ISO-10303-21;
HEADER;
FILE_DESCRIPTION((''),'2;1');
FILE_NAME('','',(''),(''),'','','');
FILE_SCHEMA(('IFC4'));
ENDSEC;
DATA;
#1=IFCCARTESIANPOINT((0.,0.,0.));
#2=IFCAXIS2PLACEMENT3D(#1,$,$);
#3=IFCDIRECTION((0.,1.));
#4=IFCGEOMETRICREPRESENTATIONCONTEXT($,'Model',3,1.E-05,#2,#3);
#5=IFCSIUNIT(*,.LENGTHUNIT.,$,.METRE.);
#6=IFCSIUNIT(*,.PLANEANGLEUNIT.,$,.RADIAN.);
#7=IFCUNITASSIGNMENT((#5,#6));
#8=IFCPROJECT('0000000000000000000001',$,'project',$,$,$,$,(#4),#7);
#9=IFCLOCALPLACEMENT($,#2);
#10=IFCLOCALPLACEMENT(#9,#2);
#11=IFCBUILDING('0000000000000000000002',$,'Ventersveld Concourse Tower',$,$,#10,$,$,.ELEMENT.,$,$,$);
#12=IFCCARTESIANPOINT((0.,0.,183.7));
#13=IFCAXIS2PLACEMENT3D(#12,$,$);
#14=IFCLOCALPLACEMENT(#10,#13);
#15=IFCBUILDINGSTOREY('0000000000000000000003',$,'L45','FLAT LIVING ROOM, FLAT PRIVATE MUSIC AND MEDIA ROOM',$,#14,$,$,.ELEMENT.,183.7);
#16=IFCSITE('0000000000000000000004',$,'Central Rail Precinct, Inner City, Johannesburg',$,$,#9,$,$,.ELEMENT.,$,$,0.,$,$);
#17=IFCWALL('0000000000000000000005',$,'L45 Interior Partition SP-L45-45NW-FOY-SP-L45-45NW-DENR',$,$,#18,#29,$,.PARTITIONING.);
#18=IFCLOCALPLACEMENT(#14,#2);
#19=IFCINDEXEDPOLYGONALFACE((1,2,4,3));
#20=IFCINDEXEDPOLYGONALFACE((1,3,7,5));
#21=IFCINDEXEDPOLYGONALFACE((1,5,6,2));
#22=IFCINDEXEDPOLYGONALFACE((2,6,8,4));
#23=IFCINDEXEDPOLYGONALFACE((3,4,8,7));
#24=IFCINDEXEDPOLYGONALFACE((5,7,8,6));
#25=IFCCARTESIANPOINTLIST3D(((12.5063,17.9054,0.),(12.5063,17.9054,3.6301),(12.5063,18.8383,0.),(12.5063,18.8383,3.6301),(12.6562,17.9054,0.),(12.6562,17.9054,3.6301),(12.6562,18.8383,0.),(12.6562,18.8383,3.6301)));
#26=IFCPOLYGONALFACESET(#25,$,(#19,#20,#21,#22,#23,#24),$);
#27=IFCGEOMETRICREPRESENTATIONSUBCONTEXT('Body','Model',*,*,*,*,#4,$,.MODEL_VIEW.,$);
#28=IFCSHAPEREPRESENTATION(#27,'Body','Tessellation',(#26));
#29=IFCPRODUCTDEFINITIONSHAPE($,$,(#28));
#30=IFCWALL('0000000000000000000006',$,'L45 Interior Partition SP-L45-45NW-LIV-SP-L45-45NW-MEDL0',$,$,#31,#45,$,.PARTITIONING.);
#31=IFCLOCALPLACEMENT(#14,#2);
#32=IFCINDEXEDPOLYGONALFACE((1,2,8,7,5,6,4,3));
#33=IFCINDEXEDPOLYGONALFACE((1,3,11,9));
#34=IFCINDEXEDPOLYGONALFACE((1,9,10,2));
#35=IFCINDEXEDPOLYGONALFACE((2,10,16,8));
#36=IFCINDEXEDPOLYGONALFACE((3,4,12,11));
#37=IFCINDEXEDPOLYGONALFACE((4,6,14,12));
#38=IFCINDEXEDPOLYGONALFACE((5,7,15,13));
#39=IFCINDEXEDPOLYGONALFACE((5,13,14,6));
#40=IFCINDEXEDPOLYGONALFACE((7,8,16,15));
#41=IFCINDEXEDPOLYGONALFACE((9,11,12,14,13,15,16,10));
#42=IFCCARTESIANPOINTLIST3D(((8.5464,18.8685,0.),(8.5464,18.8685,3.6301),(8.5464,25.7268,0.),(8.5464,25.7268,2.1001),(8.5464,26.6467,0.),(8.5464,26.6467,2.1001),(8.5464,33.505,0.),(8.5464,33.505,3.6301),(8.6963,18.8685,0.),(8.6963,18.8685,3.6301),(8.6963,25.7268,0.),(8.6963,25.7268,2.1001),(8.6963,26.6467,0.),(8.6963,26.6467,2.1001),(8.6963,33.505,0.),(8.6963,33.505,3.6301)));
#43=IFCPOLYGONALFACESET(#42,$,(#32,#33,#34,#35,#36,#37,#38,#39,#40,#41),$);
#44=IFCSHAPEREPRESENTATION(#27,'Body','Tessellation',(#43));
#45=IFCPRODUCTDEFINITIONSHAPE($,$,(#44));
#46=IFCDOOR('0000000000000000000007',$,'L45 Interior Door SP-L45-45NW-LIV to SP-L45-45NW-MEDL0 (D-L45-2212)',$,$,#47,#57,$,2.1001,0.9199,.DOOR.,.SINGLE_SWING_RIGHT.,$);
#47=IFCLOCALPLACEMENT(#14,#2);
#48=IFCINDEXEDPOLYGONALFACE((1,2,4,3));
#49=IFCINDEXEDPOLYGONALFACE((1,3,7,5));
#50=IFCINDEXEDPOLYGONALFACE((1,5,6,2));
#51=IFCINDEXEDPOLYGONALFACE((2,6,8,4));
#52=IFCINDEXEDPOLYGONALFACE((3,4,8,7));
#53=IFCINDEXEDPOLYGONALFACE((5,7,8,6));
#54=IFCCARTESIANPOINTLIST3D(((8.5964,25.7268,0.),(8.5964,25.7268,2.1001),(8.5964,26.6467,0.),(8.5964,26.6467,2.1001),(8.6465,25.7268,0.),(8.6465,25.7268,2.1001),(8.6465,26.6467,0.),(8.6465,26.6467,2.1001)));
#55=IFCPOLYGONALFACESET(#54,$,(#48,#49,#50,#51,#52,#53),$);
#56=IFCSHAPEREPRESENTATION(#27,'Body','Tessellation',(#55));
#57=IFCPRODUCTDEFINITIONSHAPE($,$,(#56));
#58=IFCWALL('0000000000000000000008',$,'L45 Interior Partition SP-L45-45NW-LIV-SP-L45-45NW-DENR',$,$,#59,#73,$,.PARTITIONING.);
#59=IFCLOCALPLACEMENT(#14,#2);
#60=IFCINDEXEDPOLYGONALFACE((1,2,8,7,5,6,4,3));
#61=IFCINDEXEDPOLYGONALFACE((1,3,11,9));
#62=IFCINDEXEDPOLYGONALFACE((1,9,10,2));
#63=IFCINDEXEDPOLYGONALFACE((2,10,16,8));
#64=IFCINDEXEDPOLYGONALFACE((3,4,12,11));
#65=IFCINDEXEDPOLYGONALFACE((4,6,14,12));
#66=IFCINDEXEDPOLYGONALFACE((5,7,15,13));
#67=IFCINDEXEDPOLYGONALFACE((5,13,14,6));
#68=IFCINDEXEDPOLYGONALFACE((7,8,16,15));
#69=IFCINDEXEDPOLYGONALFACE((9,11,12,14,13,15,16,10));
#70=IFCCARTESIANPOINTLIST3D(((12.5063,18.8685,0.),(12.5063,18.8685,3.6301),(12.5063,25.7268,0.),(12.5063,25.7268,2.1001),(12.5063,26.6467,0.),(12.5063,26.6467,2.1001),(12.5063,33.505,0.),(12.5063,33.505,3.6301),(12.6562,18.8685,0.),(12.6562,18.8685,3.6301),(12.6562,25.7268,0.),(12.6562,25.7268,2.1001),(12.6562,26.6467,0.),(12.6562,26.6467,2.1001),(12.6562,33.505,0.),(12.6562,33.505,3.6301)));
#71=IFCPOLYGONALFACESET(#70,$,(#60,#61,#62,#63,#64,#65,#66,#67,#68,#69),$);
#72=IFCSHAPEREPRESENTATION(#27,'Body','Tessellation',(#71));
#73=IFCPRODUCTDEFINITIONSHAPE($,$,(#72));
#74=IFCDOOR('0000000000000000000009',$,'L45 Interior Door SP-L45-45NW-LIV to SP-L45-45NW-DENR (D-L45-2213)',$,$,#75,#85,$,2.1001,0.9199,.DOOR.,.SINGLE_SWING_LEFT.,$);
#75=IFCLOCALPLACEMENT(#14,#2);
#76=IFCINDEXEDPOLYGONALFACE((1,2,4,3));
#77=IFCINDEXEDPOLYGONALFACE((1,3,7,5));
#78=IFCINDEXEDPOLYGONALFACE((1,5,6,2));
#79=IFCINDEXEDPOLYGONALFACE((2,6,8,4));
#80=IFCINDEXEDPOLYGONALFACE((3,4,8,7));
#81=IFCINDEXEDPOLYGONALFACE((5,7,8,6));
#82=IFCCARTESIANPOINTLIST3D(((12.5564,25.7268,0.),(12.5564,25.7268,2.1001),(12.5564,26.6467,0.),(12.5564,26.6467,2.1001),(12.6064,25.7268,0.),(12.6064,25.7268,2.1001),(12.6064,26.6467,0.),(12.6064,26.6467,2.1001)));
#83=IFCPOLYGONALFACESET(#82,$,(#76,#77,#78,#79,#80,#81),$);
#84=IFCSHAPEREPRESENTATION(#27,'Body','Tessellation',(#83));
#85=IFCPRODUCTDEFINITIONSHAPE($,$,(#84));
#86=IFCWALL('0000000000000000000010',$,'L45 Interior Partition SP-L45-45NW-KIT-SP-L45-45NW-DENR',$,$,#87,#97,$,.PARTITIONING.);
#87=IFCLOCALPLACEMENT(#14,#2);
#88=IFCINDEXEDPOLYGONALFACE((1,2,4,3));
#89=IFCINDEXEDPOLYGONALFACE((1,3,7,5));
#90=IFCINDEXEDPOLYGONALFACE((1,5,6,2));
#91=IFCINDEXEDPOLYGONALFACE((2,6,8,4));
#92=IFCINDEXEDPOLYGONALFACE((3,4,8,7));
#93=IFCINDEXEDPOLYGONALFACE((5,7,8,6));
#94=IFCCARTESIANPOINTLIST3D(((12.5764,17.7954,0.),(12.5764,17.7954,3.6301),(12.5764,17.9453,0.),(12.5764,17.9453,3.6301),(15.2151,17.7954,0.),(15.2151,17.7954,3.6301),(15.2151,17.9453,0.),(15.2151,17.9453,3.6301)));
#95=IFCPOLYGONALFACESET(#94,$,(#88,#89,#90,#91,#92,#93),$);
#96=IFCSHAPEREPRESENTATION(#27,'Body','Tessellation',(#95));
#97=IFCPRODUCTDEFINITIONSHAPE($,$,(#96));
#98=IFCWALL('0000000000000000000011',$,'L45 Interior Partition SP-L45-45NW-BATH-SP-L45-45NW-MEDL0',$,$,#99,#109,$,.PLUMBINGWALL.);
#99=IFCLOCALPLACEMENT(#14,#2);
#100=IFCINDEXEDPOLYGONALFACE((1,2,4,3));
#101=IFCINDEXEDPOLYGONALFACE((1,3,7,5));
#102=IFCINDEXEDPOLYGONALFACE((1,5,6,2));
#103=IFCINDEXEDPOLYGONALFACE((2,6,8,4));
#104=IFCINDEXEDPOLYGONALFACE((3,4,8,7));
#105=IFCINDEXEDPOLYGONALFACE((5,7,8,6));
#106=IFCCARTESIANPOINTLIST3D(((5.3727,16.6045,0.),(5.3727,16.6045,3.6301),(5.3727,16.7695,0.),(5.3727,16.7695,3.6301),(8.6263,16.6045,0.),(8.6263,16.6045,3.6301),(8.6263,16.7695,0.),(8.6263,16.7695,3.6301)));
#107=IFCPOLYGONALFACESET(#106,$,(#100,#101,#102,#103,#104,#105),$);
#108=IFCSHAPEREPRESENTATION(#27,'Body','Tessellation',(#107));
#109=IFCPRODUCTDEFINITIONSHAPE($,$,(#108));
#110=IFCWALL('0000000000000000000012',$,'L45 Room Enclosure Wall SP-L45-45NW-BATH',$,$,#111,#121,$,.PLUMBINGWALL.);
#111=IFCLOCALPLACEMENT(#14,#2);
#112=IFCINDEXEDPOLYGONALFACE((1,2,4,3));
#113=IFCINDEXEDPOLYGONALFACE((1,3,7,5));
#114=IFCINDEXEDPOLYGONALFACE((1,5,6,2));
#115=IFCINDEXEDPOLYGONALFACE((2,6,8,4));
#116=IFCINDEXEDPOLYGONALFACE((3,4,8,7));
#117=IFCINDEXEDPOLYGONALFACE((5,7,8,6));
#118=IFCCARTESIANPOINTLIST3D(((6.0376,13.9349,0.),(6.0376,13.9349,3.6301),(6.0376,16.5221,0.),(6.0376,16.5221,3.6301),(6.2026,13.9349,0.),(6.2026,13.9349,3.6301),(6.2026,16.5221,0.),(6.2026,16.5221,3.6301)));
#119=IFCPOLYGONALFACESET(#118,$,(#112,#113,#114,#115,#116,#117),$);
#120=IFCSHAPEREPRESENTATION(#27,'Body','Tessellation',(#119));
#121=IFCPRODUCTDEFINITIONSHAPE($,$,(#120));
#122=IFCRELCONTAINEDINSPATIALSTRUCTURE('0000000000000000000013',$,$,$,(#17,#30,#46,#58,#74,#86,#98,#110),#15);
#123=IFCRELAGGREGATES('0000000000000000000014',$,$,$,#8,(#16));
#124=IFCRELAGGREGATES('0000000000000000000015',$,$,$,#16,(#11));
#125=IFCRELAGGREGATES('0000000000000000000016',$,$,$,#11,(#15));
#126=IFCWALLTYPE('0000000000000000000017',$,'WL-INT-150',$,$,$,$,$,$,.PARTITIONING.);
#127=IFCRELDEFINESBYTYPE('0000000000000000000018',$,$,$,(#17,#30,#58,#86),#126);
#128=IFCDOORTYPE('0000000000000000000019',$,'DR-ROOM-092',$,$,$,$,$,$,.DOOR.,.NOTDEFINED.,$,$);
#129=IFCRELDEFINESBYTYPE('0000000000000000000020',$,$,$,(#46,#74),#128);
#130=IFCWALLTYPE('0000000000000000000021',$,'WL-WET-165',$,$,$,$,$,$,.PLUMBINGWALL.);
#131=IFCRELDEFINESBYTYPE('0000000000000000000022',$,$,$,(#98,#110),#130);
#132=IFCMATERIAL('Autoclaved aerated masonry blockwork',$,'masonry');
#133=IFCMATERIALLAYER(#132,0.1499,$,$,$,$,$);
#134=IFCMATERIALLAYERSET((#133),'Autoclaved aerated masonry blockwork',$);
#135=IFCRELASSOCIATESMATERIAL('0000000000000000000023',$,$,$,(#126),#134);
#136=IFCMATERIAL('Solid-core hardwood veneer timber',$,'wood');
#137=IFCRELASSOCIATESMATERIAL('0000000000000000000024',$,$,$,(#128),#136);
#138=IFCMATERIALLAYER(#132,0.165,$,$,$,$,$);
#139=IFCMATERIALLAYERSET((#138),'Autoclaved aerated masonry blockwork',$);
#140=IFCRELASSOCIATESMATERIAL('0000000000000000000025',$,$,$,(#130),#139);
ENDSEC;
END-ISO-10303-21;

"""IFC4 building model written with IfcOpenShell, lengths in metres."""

from ifc_helpers import new_model, si_unit, direction, frame, frame_2d, origin, place, context, subcontext, project, spatial, rectangle, extrude, material, layer, layer_set, type_object, element, fill, save


model = new_model("IFC4")

# Units and contexts
model_context = context("Model", 3, precision=1e-05, world=origin(), true_north=direction((0.0, 1.0)))
body_context = subcontext(model_context, "Body", "Model", "MODEL_VIEW")
ifc_project = project(units=[si_unit("LENGTHUNIT", "METRE"), si_unit("PLANEANGLEUNIT", "RADIAN")], contexts=[model_context])

# Site, building, storey
site_placement = place(None, origin())
site = spatial("IfcSite", under=ifc_project, at=site_placement, Name="Central Rail Precinct, Inner City, Johannesburg", CompositionType="ELEMENT", RefElevation=0.0)
building_placement = place(site_placement, origin())
building = spatial("IfcBuilding", under=site, at=building_placement, Name="Ventersveld Concourse Tower", CompositionType="ELEMENT")
storey_placement = place(building_placement, frame((0.0, 0.0, 183.7)))
storey = spatial("IfcBuildingStorey", under=building, at=storey_placement, Name="L45", Description="FLAT LIVING ROOM, FLAT PRIVATE MUSIC AND MEDIA ROOM", CompositionType="ELEMENT", Elevation=183.7)

# Shared definitions
ifc_material_1 = material(Name="Solid-core hardwood veneer timber", Category="wood")

# Shared definitions
ifc_material_2 = material(Name="Autoclaved aerated masonry blockwork", Category="masonry")
ifc_layer_1 = layer(ifc_material_2, 0.1499)
ifc_layer_set_1 = layer_set([ifc_layer_1], Name="Autoclaved aerated masonry blockwork")
wall_type_1 = type_object("IfcWallType", Name="WL-INT-150", PredefinedType="PARTITIONING", material=ifc_layer_set_1)
door_type_1 = type_object("IfcDoorType", Name="DR-ROOM-092", OperationType="NOTDEFINED", PredefinedType="DOOR", material=ifc_material_1)

# Wall
wall_1_placement = place(storey_placement, frame((12.5813, 17.9055, 0.0), z_axis=(0.0, 0.0, 1.0), x_axis=(0.0, 1.0, 0.0)))
element("IfcWall", 1, at=wall_1_placement, inside=storey, type_object=wall_type_1, Name="L45 Interior Partition SP-L45-45NW-FOY-SP-L45-45NW-DENR", PredefinedType="PARTITIONING", context=body_context, shape_type="SweptSolid", body=[
    extrude(rectangle(XDim=0.9329, YDim=0.1499, at=frame_2d((0.4663, 0.0))), origin(), (0.0, 0.0, 1.0), 3.6301),
])

# Walls, openings, doors
wall_2_placement = place(storey_placement, frame((8.6213, 18.8684, 0.0), z_axis=(0.0, 0.0, 1.0), x_axis=(0.0, 1.0, 0.0)))
wall_2 = element("IfcWall", 2, at=wall_2_placement, inside=storey, type_object=wall_type_1, Name="L45 Interior Partition SP-L45-45NW-LIV-SP-L45-45NW-MEDL0", PredefinedType="PARTITIONING", context=body_context, shape_type="SweptSolid", body=[
    extrude(rectangle(XDim=14.6365, YDim=0.1499, at=frame_2d((7.3184, 0.0))), origin(), (0.0, 0.0, 1.0), 3.6301),
])
opening_1_placement = place(wall_2_placement, frame((6.8584, 0.0, 0.0)))
opening_1 = element("IfcOpeningElement", 3, at=opening_1_placement, cuts=wall_2, PredefinedType="OPENING", context=body_context, shape_type="SweptSolid", body=[
    extrude(rectangle(XDim=0.9199, YDim=2.1001, at=frame_2d((0.46, 1.05))), frame((0.0, 0.085, 0.0), z_axis=(0.0, -1.0, 0.0), x_axis=(1.0, 0.0, 0.0)), (0.0, 0.0, 1.0), 0.1699),
])
door_1_placement = place(opening_1_placement, origin())
door_1 = element("IfcDoor", 4, at=door_1_placement, inside=storey, type_object=door_type_1, Name="L45 Interior Door SP-L45-45NW-LIV to SP-L45-45NW-MEDL0 (D-L45-2212)", OperationType="SINGLE_SWING_RIGHT", OverallHeight=2.1001, OverallWidth=0.9199, PredefinedType="DOOR", context=body_context, shape_type="SweptSolid", body=[
    extrude(rectangle(XDim=0.9199, YDim=2.1001, at=frame_2d((0.46, 1.05))), frame((0.0, 0.0249, 0.0), z_axis=(0.0, -1.0, 0.0), x_axis=(1.0, 0.0, 0.0)), (0.0, 0.0, 1.0), 0.05),
])
fill(opening_1, door_1)
wall_3_placement = place(storey_placement, frame((12.5813, 18.8684, 0.0), z_axis=(0.0, 0.0, 1.0), x_axis=(0.0, 1.0, 0.0)))
wall_3 = element("IfcWall", 5, at=wall_3_placement, inside=storey, type_object=wall_type_1, Name="L45 Interior Partition SP-L45-45NW-LIV-SP-L45-45NW-DENR", PredefinedType="PARTITIONING", context=body_context, shape_type="SweptSolid", body=[
    extrude(rectangle(XDim=14.6365, YDim=0.1499, at=frame_2d((7.3184, 0.0))), origin(), (0.0, 0.0, 1.0), 3.6301),
])
opening_2_placement = place(wall_3_placement, frame((6.8584, 0.0, 0.0)))
opening_2 = element("IfcOpeningElement", 6, at=opening_2_placement, cuts=wall_3, PredefinedType="OPENING", context=body_context, shape_type="SweptSolid", body=[
    extrude(rectangle(XDim=0.9199, YDim=2.1001, at=frame_2d((0.46, 1.05))), frame((0.0, 0.085, 0.0), z_axis=(0.0, -1.0, 0.0), x_axis=(1.0, 0.0, 0.0)), (0.0, 0.0, 1.0), 0.1699),
])
door_2_placement = place(opening_2_placement, origin())
door_2 = element("IfcDoor", 7, at=door_2_placement, inside=storey, type_object=door_type_1, Name="L45 Interior Door SP-L45-45NW-LIV to SP-L45-45NW-DENR (D-L45-2213)", OperationType="SINGLE_SWING_LEFT", OverallHeight=2.1001, OverallWidth=0.9199, PredefinedType="DOOR", context=body_context, shape_type="SweptSolid", body=[
    extrude(rectangle(XDim=0.9199, YDim=2.1001, at=frame_2d((0.46, 1.05))), frame((0.0, 0.0249, 0.0), z_axis=(0.0, -1.0, 0.0), x_axis=(1.0, 0.0, 0.0)), (0.0, 0.0, 1.0), 0.05),
])
fill(opening_2, door_2)

# Walls
wall_4_placement = place(storey_placement, frame((12.5764, 17.8704, 0.0), z_axis=(0.0, 0.0, 1.0), x_axis=(1.0, 0.0, 0.0)))
element("IfcWall", 8, at=wall_4_placement, inside=storey, type_object=wall_type_1, Name="L45 Interior Partition SP-L45-45NW-KIT-SP-L45-45NW-DENR", PredefinedType="PARTITIONING", context=body_context, shape_type="SweptSolid", body=[
    extrude(rectangle(XDim=2.6387, YDim=0.1499, at=frame_2d((1.3193, 0.0))), origin(), (0.0, 0.0, 1.0), 3.6301),
])
ifc_layer_2 = layer(ifc_material_2, 0.165)
ifc_layer_set_2 = layer_set([ifc_layer_2], Name="Autoclaved aerated masonry blockwork")
wall_type_2 = type_object("IfcWallType", Name="WL-WET-165", PredefinedType="PLUMBINGWALL", material=ifc_layer_set_2)
wall_5_placement = place(storey_placement, frame((5.3726, 16.687, 0.0), z_axis=(0.0, 0.0, 1.0), x_axis=(1.0, 0.0, 0.0)))
element("IfcWall", 9, at=wall_5_placement, inside=storey, type_object=wall_type_2, Name="L45 Interior Partition SP-L45-45NW-BATH-SP-L45-45NW-MEDL0", PredefinedType="PLUMBINGWALL", context=body_context, shape_type="SweptSolid", body=[
    extrude(rectangle(XDim=3.2537, YDim=0.165, at=frame_2d((1.627, 0.0))), origin(), (0.0, 0.0, 1.0), 3.6301),
])
wall_6_placement = place(storey_placement, frame((6.1201, 13.9351, 0.0), z_axis=(0.0, 0.0, 1.0), x_axis=(0.0, 1.0, 0.0)))
element("IfcWall", 10, at=wall_6_placement, inside=storey, type_object=wall_type_2, Name="L45 Room Enclosure Wall SP-L45-45NW-BATH", PredefinedType="PLUMBINGWALL", context=body_context, shape_type="SweptSolid", body=[
    extrude(rectangle(XDim=2.5872, YDim=0.165, at=frame_2d((1.2935, 0.0))), origin(), (0.0, 0.0, 1.0), 3.6301),
])

save(model, "model.ifc")
